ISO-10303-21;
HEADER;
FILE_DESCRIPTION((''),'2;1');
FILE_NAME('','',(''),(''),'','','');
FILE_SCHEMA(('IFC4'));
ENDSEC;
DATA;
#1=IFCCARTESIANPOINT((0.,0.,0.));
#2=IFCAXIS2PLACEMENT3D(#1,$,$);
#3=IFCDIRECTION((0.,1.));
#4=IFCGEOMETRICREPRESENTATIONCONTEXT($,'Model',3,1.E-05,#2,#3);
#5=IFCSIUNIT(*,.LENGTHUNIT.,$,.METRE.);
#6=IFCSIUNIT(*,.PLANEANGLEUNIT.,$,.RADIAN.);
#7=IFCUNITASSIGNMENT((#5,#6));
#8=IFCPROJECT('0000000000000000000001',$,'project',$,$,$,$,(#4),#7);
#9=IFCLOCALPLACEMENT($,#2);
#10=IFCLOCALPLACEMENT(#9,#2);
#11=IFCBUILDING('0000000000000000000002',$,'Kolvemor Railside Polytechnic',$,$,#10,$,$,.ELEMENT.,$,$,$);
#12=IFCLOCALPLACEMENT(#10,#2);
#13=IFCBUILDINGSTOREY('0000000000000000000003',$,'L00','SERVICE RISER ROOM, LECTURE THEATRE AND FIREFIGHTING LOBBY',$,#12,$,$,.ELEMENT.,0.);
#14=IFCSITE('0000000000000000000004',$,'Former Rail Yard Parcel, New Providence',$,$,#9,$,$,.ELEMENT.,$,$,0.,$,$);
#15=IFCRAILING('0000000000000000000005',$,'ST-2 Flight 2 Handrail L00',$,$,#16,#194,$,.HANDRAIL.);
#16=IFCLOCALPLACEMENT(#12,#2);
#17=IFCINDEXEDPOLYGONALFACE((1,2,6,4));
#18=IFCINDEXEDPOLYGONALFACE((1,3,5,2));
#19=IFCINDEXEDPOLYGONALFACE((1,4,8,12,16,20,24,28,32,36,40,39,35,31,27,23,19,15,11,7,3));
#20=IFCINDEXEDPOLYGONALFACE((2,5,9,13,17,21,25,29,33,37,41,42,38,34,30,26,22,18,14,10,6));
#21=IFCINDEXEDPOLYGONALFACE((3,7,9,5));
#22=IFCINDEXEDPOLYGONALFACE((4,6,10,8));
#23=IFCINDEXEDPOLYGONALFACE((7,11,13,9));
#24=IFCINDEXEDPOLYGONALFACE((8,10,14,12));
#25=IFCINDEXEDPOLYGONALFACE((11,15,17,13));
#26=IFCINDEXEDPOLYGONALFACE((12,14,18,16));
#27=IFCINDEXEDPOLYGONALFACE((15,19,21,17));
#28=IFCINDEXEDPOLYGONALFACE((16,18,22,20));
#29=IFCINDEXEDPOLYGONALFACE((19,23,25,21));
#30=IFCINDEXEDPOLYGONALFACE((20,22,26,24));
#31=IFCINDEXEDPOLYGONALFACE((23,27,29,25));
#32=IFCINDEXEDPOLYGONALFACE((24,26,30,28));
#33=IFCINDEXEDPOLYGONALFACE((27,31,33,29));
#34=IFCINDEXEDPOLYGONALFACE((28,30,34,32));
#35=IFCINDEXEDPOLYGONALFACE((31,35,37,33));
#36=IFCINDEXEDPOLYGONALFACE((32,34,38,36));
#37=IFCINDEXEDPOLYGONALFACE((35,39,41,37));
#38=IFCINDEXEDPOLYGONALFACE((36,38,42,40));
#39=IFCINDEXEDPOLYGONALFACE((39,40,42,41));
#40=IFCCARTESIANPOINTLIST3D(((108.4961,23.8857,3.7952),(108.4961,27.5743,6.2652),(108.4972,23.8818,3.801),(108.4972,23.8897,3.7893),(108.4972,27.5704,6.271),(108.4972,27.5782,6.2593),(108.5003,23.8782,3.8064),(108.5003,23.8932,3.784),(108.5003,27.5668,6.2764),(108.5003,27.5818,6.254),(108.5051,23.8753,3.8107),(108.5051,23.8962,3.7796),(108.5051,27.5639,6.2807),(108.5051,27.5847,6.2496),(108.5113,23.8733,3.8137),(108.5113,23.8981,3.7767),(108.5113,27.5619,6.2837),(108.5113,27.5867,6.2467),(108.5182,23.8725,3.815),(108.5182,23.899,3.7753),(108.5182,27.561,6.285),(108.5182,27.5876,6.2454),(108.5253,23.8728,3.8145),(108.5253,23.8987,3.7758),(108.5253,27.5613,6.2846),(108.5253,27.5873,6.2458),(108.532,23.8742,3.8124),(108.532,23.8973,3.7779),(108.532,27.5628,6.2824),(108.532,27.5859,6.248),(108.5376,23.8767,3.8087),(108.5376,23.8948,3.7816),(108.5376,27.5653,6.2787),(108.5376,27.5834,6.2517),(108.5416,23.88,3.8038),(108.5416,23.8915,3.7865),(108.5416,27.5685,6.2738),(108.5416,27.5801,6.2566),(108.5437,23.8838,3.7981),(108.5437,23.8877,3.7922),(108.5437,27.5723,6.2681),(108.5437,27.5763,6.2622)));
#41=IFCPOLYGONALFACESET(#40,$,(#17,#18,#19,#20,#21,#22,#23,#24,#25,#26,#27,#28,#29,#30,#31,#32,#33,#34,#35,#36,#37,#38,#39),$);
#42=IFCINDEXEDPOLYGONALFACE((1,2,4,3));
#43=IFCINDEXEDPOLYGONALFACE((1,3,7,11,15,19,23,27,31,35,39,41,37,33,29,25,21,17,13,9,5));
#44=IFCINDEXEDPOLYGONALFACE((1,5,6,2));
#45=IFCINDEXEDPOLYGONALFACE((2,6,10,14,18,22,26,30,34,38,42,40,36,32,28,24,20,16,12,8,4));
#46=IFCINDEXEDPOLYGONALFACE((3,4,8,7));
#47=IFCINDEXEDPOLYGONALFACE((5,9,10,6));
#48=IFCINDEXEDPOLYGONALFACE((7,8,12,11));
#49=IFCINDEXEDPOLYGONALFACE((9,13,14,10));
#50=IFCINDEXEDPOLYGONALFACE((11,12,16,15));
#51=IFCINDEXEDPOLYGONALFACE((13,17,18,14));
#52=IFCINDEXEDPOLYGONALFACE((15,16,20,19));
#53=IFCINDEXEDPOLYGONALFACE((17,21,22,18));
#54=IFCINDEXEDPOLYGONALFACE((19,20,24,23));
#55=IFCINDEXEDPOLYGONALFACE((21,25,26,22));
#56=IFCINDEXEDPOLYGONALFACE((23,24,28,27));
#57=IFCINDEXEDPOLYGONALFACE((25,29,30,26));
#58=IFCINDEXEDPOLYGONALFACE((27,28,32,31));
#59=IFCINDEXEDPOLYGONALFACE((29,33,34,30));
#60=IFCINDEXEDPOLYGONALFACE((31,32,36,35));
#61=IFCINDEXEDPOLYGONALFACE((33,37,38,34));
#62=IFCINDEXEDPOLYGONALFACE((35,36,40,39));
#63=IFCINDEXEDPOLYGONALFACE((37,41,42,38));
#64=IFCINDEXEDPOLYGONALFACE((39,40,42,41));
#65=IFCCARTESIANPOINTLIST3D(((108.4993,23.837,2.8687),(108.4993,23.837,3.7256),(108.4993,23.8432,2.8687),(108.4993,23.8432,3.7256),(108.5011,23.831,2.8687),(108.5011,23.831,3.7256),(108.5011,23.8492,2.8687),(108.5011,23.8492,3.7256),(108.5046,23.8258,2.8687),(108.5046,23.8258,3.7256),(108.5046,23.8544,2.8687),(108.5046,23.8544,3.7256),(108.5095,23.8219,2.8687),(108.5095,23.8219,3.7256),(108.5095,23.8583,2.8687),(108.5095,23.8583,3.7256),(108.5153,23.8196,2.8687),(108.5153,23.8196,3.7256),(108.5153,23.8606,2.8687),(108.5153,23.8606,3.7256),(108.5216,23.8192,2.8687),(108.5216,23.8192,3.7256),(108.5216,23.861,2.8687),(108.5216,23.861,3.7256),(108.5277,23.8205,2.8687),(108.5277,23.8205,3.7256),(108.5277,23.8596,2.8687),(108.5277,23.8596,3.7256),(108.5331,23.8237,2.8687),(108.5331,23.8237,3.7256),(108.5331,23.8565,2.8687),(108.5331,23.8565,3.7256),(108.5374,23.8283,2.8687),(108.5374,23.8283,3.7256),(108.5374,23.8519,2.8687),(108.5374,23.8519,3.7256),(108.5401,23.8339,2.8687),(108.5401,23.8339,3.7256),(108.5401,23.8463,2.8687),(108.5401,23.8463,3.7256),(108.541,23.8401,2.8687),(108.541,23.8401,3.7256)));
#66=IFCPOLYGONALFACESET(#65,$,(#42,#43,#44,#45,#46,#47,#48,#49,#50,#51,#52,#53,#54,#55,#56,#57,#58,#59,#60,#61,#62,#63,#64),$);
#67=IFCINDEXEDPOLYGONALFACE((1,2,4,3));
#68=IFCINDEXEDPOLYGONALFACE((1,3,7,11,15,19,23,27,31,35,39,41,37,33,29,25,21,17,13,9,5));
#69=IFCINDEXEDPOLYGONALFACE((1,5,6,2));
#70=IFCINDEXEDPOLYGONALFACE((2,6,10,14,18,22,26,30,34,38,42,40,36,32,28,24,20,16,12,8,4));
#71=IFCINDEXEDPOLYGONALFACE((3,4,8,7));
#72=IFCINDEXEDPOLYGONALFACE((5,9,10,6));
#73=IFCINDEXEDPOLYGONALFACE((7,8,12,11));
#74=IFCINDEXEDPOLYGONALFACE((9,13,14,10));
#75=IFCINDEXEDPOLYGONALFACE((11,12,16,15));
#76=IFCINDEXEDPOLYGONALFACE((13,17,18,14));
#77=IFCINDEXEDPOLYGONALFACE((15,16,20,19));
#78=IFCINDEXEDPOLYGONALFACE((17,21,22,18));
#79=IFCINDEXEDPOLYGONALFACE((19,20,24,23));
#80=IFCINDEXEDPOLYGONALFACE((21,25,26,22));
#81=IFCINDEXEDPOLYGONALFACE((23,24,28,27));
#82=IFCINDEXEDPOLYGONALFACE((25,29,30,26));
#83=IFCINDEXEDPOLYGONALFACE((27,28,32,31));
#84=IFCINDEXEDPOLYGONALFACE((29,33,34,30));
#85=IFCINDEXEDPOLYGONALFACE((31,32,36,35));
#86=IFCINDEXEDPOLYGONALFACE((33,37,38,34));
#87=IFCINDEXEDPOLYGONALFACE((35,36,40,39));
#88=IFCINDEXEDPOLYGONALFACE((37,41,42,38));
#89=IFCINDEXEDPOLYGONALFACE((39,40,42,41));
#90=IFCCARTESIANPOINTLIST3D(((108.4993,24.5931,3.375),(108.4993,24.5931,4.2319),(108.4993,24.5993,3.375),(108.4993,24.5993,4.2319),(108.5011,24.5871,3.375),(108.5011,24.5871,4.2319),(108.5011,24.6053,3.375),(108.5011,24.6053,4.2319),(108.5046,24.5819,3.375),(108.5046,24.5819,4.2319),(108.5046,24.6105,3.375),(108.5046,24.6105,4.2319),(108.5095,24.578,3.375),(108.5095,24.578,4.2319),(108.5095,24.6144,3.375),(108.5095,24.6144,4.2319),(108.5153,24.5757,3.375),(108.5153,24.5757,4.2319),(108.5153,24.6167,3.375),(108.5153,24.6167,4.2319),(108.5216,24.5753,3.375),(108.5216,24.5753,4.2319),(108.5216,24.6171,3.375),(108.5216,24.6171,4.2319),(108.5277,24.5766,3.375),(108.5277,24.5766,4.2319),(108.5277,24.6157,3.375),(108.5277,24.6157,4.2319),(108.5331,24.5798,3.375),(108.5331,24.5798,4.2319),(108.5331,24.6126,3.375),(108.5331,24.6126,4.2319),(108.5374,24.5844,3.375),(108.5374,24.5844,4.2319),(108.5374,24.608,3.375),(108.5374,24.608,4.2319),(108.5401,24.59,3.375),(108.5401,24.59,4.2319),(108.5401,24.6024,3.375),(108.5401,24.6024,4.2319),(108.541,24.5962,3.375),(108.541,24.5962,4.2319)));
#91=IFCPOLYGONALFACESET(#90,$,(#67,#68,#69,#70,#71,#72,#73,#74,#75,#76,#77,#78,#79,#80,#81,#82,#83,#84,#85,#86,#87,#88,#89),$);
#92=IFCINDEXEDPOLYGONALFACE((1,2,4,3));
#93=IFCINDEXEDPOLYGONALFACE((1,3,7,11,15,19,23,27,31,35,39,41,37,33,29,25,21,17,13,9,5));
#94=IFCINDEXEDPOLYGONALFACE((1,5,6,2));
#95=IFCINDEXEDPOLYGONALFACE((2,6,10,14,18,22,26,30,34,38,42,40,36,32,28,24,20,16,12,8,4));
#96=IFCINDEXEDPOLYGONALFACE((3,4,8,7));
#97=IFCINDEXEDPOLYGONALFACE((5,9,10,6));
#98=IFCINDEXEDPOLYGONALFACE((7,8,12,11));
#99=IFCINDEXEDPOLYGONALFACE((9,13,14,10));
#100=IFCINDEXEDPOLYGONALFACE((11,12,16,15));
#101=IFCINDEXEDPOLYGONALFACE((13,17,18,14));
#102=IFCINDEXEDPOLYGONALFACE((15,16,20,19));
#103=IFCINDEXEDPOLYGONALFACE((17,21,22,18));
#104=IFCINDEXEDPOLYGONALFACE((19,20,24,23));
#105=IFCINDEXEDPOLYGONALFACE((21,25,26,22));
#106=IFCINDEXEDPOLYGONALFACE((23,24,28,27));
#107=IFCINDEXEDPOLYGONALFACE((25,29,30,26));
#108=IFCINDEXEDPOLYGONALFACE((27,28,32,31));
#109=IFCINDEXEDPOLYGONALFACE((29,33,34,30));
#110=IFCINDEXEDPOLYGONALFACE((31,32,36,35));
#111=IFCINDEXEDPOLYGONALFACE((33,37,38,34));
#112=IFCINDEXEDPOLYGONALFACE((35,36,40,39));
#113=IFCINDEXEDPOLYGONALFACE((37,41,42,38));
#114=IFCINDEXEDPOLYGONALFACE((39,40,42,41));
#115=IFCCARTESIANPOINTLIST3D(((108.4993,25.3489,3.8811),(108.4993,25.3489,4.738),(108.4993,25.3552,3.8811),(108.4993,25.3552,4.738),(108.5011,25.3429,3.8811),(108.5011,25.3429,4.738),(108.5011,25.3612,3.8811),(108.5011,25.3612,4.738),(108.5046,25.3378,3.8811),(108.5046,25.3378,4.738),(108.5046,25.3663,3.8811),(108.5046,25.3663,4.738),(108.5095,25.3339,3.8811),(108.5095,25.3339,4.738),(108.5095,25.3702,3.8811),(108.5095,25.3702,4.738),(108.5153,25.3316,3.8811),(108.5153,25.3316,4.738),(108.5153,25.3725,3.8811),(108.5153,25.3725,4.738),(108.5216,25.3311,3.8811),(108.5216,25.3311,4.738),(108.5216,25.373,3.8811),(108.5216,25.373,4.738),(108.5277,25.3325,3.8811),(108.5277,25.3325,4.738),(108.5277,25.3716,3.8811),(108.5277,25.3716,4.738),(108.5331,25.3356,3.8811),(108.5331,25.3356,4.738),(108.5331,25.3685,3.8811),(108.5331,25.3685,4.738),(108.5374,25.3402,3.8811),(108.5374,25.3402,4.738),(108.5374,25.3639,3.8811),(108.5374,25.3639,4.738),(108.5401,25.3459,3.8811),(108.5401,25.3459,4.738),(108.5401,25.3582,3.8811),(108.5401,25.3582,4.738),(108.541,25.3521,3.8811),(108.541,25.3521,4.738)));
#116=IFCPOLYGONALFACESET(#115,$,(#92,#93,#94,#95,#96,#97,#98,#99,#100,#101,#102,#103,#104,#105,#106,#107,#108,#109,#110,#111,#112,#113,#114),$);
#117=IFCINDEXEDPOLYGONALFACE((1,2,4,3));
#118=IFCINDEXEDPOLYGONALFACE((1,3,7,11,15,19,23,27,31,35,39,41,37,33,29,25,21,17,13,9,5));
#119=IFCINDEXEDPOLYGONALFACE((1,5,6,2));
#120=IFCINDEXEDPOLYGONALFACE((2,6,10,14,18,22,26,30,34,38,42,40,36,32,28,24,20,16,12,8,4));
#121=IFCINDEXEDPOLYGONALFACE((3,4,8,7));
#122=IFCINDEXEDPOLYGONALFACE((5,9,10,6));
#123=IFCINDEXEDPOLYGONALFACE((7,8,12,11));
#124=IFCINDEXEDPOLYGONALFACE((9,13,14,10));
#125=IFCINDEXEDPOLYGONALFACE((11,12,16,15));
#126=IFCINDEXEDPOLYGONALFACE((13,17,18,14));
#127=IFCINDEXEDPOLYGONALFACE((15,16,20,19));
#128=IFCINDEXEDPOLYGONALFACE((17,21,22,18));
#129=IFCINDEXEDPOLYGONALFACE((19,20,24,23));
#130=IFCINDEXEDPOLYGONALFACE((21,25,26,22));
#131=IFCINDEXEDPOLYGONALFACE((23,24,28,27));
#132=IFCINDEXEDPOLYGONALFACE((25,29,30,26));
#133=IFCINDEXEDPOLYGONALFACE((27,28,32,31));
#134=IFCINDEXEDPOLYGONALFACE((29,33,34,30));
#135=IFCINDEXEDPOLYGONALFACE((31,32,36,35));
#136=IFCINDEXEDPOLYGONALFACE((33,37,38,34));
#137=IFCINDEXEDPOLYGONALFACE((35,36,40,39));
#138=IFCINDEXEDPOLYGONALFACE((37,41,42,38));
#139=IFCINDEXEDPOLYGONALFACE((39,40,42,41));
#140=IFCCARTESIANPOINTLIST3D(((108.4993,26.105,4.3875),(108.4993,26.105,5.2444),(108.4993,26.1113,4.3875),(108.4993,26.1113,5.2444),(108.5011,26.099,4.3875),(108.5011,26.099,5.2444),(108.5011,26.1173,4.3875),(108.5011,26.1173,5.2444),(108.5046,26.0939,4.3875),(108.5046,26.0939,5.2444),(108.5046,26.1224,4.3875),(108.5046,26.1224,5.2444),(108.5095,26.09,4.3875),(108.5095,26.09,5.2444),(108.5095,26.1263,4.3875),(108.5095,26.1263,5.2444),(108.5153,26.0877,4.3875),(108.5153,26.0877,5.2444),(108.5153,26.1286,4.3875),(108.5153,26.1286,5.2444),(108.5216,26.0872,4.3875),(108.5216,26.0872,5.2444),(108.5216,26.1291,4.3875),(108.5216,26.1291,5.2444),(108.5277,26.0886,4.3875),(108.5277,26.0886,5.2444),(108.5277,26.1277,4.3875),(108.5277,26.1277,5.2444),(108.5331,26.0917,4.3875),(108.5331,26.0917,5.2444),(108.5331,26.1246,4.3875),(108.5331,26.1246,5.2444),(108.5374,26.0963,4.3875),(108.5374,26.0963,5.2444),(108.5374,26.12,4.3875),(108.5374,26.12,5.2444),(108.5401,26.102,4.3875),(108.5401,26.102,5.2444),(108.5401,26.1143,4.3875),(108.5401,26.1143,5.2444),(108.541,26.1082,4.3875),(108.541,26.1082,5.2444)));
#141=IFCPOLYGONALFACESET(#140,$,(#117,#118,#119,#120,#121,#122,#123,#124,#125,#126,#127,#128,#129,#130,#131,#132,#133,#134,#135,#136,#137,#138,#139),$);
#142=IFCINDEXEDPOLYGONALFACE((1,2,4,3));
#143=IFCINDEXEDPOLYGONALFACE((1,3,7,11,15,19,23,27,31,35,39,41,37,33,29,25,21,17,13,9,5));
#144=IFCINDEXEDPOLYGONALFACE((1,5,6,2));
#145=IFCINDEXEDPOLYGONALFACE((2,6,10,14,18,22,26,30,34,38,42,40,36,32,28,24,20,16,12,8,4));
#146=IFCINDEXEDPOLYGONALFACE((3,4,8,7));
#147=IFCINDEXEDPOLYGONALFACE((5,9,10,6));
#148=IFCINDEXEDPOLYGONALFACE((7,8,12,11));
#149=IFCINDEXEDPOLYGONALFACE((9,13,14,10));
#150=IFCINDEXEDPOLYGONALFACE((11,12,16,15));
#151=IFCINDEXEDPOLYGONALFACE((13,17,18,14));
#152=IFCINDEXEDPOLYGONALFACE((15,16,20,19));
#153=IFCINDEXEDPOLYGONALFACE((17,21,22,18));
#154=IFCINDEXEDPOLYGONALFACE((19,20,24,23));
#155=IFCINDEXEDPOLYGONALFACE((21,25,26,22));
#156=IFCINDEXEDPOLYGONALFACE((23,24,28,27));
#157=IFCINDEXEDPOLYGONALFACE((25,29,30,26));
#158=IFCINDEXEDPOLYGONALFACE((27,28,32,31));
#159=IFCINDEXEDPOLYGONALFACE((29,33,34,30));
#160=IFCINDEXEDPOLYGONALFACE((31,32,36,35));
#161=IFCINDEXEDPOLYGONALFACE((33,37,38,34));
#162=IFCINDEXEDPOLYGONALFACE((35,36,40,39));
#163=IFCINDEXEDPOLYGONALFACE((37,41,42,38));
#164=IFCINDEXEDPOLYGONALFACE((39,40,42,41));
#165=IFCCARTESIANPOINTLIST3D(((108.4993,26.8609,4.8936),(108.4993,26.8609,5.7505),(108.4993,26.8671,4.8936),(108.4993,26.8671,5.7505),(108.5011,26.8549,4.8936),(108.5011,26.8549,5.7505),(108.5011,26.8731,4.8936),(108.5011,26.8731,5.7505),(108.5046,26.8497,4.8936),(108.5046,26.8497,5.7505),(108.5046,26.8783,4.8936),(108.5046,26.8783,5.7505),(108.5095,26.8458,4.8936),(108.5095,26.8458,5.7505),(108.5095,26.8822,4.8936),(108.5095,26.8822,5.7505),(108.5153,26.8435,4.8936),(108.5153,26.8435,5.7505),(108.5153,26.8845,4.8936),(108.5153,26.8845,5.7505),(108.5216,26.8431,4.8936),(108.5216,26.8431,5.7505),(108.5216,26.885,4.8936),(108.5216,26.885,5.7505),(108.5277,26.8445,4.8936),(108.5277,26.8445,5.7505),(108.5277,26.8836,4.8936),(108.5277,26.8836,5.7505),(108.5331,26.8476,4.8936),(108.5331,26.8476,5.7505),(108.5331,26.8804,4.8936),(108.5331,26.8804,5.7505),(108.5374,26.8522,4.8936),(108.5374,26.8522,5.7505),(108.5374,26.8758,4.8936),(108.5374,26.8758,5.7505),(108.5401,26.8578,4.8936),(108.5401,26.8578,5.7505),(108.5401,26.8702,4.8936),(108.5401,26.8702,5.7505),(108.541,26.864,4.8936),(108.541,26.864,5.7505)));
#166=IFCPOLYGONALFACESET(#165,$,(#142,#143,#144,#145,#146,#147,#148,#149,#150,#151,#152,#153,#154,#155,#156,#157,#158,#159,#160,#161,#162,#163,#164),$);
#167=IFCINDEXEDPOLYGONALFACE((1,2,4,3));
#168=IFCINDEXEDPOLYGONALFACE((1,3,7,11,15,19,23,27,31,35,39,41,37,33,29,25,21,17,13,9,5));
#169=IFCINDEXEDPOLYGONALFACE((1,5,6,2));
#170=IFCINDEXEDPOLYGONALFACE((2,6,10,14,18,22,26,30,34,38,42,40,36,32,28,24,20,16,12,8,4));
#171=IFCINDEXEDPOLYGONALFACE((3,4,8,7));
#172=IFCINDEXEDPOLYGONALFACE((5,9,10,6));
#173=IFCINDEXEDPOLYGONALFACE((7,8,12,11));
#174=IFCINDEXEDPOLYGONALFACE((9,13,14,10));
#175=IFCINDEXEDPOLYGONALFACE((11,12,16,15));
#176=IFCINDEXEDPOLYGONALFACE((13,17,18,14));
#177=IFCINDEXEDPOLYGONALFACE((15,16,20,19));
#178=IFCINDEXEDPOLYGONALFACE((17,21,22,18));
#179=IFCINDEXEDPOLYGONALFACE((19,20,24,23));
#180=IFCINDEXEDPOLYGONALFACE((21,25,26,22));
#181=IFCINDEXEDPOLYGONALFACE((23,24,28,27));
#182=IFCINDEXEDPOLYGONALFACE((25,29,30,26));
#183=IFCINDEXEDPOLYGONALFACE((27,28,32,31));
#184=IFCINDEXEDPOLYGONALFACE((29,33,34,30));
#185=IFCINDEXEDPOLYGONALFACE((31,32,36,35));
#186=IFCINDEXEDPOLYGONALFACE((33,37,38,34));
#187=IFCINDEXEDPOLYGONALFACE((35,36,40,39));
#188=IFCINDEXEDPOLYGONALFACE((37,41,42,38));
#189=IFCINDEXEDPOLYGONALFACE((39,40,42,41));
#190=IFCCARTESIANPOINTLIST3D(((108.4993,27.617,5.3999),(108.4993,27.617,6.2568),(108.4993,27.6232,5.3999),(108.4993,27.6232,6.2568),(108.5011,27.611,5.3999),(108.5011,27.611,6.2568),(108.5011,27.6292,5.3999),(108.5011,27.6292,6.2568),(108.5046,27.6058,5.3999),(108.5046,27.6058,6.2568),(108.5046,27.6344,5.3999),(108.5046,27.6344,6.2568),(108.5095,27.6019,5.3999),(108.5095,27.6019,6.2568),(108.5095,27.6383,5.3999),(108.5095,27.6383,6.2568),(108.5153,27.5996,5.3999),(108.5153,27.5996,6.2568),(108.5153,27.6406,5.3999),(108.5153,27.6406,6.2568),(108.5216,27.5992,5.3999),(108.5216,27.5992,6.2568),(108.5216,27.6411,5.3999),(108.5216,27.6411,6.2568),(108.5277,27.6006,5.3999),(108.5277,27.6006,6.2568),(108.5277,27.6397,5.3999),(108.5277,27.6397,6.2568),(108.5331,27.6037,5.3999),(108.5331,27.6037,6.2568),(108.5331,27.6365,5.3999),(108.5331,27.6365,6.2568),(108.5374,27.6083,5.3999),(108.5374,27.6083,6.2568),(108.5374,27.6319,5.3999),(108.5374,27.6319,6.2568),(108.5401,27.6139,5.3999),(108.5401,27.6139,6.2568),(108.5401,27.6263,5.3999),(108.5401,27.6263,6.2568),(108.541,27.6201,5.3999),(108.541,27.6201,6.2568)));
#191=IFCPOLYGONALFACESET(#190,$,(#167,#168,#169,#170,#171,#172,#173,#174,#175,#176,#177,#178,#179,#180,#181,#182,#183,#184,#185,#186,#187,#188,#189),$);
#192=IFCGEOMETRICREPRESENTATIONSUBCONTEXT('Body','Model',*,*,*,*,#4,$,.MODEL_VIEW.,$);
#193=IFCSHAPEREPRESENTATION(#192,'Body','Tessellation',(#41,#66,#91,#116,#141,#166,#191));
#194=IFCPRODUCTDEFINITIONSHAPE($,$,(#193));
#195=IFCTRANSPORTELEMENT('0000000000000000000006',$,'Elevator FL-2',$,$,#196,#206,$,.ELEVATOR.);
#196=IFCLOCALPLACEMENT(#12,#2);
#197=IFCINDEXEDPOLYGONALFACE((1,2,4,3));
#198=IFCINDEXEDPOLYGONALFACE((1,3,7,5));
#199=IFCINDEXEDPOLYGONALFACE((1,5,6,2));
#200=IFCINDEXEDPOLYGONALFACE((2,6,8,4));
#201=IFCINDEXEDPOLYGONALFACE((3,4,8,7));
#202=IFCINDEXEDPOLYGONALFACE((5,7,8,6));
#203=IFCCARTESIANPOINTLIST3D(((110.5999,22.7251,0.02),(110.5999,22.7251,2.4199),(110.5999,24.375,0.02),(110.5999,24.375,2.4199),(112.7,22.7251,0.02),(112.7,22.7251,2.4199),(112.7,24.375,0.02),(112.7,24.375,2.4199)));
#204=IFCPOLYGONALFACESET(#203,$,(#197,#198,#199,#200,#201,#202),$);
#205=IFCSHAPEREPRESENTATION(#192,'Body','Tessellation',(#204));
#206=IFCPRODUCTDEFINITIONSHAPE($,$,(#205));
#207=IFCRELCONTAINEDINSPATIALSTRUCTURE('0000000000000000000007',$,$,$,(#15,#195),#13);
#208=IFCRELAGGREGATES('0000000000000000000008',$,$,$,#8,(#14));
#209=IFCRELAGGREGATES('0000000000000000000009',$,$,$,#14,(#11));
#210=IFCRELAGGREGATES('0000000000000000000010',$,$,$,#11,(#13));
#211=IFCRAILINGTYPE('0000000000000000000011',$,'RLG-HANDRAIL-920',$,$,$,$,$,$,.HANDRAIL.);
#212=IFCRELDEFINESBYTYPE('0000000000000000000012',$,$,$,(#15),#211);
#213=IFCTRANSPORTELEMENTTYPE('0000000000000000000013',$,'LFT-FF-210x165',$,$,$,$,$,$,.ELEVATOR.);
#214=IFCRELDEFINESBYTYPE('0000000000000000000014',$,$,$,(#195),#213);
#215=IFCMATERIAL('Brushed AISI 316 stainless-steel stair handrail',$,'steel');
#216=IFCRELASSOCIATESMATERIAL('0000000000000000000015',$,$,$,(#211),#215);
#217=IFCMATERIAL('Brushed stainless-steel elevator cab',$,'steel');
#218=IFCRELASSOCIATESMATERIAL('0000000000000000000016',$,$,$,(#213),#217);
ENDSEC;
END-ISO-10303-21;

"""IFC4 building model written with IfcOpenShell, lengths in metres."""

from ifc_helpers import new_model, si_unit, direction, frame, origin, origin_2d, place, context, subcontext, project, spatial, rectangle, circle, extrude, material, type_object, element, save


model = new_model("IFC4")

# Units and contexts
model_context = context("Model", 3, precision=1e-05, world=origin(), true_north=direction((0.0, 1.0)))
body_context = subcontext(model_context, "Body", "Model", "MODEL_VIEW")
ifc_project = project(units=[si_unit("LENGTHUNIT", "METRE"), si_unit("PLANEANGLEUNIT", "RADIAN")], contexts=[model_context])

# Site, building, storey
site_placement = place(None, origin())
site = spatial("IfcSite", under=ifc_project, at=site_placement, Name="Former Rail Yard Parcel, New Providence", CompositionType="ELEMENT", RefElevation=0.0)
building_placement = place(site_placement, origin())
building = spatial("IfcBuilding", under=site, at=building_placement, Name="Kolvemor Railside Polytechnic", CompositionType="ELEMENT")
storey_placement = place(building_placement, origin())
storey = spatial("IfcBuildingStorey", under=building, at=storey_placement, Name="L00", Description="SERVICE RISER ROOM, LECTURE THEATRE AND FIREFIGHTING LOBBY", CompositionType="ELEMENT", Elevation=0.0)

# Railing
ifc_material_1 = material(Name="Brushed AISI 316 stainless-steel stair handrail", Category="steel")
railing_type_1 = type_object("IfcRailingType", Name="RLG-HANDRAIL-920", PredefinedType="HANDRAIL", material=ifc_material_1)
railing_1_placement = place(storey_placement, frame((108.52, 23.8401, 2.8687)))
element("IfcRailing", 1, at=railing_1_placement, inside=storey, type_object=railing_type_1, Name="ST-2 Flight 2 Handrail L00", PredefinedType="HANDRAIL", context=body_context, shape_type="SweptSolid", body=[
    extrude(circle(Radius=0.0239, at=origin_2d()), frame((0.0, 0.0457, 0.9265), z_axis=(0.0, 0.830909, 0.556408), x_axis=(-1.0, 0.0, 0.0)), (0.0, 0.0, 1.0), 4.4392),
    extrude(circle(Radius=0.021, at=origin_2d()), origin(), (0.0, 0.0, 1.0), 0.8569),
    extrude(circle(Radius=0.021, at=origin_2d()), frame((0.0, 0.7561, 0.5063)), (0.0, 0.0, 1.0), 0.8569),
    extrude(circle(Radius=0.021, at=origin_2d()), frame((0.0, 1.512, 1.0125)), (0.0, 0.0, 1.0), 0.8569),
    extrude(circle(Radius=0.021, at=origin_2d()), frame((0.0, 2.2681, 1.5188)), (0.0, 0.0, 1.0), 0.8569),
    extrude(circle(Radius=0.021, at=origin_2d()), frame((0.0, 3.0239, 2.0249)), (0.0, 0.0, 1.0), 0.8569),
    extrude(circle(Radius=0.021, at=origin_2d()), frame((0.0, 3.78, 2.5312)), (0.0, 0.0, 1.0), 0.8569),
])

# Transport element
ifc_material_2 = material(Name="Brushed stainless-steel elevator cab", Category="steel")
transport_element_type_1 = type_object("IfcTransportElementType", Name="LFT-FF-210x165", PredefinedType="ELEVATOR", material=ifc_material_2)
transport_element_1_placement = place(storey_placement, frame((111.6499, 23.55, 0.02), z_axis=(0.0, 0.0, 1.0), x_axis=(1.0, 0.0, 0.0)))
element("IfcTransportElement", 2, at=transport_element_1_placement, inside=storey, type_object=transport_element_type_1, Name="Elevator FL-2", PredefinedType="ELEVATOR", context=body_context, shape_type="SweptSolid", body=[
    extrude(rectangle(XDim=2.1001, YDim=1.6499, at=origin_2d()), origin(), (0.0, 0.0, 1.0), 2.3999),
])

save(model, "model.ifc")
